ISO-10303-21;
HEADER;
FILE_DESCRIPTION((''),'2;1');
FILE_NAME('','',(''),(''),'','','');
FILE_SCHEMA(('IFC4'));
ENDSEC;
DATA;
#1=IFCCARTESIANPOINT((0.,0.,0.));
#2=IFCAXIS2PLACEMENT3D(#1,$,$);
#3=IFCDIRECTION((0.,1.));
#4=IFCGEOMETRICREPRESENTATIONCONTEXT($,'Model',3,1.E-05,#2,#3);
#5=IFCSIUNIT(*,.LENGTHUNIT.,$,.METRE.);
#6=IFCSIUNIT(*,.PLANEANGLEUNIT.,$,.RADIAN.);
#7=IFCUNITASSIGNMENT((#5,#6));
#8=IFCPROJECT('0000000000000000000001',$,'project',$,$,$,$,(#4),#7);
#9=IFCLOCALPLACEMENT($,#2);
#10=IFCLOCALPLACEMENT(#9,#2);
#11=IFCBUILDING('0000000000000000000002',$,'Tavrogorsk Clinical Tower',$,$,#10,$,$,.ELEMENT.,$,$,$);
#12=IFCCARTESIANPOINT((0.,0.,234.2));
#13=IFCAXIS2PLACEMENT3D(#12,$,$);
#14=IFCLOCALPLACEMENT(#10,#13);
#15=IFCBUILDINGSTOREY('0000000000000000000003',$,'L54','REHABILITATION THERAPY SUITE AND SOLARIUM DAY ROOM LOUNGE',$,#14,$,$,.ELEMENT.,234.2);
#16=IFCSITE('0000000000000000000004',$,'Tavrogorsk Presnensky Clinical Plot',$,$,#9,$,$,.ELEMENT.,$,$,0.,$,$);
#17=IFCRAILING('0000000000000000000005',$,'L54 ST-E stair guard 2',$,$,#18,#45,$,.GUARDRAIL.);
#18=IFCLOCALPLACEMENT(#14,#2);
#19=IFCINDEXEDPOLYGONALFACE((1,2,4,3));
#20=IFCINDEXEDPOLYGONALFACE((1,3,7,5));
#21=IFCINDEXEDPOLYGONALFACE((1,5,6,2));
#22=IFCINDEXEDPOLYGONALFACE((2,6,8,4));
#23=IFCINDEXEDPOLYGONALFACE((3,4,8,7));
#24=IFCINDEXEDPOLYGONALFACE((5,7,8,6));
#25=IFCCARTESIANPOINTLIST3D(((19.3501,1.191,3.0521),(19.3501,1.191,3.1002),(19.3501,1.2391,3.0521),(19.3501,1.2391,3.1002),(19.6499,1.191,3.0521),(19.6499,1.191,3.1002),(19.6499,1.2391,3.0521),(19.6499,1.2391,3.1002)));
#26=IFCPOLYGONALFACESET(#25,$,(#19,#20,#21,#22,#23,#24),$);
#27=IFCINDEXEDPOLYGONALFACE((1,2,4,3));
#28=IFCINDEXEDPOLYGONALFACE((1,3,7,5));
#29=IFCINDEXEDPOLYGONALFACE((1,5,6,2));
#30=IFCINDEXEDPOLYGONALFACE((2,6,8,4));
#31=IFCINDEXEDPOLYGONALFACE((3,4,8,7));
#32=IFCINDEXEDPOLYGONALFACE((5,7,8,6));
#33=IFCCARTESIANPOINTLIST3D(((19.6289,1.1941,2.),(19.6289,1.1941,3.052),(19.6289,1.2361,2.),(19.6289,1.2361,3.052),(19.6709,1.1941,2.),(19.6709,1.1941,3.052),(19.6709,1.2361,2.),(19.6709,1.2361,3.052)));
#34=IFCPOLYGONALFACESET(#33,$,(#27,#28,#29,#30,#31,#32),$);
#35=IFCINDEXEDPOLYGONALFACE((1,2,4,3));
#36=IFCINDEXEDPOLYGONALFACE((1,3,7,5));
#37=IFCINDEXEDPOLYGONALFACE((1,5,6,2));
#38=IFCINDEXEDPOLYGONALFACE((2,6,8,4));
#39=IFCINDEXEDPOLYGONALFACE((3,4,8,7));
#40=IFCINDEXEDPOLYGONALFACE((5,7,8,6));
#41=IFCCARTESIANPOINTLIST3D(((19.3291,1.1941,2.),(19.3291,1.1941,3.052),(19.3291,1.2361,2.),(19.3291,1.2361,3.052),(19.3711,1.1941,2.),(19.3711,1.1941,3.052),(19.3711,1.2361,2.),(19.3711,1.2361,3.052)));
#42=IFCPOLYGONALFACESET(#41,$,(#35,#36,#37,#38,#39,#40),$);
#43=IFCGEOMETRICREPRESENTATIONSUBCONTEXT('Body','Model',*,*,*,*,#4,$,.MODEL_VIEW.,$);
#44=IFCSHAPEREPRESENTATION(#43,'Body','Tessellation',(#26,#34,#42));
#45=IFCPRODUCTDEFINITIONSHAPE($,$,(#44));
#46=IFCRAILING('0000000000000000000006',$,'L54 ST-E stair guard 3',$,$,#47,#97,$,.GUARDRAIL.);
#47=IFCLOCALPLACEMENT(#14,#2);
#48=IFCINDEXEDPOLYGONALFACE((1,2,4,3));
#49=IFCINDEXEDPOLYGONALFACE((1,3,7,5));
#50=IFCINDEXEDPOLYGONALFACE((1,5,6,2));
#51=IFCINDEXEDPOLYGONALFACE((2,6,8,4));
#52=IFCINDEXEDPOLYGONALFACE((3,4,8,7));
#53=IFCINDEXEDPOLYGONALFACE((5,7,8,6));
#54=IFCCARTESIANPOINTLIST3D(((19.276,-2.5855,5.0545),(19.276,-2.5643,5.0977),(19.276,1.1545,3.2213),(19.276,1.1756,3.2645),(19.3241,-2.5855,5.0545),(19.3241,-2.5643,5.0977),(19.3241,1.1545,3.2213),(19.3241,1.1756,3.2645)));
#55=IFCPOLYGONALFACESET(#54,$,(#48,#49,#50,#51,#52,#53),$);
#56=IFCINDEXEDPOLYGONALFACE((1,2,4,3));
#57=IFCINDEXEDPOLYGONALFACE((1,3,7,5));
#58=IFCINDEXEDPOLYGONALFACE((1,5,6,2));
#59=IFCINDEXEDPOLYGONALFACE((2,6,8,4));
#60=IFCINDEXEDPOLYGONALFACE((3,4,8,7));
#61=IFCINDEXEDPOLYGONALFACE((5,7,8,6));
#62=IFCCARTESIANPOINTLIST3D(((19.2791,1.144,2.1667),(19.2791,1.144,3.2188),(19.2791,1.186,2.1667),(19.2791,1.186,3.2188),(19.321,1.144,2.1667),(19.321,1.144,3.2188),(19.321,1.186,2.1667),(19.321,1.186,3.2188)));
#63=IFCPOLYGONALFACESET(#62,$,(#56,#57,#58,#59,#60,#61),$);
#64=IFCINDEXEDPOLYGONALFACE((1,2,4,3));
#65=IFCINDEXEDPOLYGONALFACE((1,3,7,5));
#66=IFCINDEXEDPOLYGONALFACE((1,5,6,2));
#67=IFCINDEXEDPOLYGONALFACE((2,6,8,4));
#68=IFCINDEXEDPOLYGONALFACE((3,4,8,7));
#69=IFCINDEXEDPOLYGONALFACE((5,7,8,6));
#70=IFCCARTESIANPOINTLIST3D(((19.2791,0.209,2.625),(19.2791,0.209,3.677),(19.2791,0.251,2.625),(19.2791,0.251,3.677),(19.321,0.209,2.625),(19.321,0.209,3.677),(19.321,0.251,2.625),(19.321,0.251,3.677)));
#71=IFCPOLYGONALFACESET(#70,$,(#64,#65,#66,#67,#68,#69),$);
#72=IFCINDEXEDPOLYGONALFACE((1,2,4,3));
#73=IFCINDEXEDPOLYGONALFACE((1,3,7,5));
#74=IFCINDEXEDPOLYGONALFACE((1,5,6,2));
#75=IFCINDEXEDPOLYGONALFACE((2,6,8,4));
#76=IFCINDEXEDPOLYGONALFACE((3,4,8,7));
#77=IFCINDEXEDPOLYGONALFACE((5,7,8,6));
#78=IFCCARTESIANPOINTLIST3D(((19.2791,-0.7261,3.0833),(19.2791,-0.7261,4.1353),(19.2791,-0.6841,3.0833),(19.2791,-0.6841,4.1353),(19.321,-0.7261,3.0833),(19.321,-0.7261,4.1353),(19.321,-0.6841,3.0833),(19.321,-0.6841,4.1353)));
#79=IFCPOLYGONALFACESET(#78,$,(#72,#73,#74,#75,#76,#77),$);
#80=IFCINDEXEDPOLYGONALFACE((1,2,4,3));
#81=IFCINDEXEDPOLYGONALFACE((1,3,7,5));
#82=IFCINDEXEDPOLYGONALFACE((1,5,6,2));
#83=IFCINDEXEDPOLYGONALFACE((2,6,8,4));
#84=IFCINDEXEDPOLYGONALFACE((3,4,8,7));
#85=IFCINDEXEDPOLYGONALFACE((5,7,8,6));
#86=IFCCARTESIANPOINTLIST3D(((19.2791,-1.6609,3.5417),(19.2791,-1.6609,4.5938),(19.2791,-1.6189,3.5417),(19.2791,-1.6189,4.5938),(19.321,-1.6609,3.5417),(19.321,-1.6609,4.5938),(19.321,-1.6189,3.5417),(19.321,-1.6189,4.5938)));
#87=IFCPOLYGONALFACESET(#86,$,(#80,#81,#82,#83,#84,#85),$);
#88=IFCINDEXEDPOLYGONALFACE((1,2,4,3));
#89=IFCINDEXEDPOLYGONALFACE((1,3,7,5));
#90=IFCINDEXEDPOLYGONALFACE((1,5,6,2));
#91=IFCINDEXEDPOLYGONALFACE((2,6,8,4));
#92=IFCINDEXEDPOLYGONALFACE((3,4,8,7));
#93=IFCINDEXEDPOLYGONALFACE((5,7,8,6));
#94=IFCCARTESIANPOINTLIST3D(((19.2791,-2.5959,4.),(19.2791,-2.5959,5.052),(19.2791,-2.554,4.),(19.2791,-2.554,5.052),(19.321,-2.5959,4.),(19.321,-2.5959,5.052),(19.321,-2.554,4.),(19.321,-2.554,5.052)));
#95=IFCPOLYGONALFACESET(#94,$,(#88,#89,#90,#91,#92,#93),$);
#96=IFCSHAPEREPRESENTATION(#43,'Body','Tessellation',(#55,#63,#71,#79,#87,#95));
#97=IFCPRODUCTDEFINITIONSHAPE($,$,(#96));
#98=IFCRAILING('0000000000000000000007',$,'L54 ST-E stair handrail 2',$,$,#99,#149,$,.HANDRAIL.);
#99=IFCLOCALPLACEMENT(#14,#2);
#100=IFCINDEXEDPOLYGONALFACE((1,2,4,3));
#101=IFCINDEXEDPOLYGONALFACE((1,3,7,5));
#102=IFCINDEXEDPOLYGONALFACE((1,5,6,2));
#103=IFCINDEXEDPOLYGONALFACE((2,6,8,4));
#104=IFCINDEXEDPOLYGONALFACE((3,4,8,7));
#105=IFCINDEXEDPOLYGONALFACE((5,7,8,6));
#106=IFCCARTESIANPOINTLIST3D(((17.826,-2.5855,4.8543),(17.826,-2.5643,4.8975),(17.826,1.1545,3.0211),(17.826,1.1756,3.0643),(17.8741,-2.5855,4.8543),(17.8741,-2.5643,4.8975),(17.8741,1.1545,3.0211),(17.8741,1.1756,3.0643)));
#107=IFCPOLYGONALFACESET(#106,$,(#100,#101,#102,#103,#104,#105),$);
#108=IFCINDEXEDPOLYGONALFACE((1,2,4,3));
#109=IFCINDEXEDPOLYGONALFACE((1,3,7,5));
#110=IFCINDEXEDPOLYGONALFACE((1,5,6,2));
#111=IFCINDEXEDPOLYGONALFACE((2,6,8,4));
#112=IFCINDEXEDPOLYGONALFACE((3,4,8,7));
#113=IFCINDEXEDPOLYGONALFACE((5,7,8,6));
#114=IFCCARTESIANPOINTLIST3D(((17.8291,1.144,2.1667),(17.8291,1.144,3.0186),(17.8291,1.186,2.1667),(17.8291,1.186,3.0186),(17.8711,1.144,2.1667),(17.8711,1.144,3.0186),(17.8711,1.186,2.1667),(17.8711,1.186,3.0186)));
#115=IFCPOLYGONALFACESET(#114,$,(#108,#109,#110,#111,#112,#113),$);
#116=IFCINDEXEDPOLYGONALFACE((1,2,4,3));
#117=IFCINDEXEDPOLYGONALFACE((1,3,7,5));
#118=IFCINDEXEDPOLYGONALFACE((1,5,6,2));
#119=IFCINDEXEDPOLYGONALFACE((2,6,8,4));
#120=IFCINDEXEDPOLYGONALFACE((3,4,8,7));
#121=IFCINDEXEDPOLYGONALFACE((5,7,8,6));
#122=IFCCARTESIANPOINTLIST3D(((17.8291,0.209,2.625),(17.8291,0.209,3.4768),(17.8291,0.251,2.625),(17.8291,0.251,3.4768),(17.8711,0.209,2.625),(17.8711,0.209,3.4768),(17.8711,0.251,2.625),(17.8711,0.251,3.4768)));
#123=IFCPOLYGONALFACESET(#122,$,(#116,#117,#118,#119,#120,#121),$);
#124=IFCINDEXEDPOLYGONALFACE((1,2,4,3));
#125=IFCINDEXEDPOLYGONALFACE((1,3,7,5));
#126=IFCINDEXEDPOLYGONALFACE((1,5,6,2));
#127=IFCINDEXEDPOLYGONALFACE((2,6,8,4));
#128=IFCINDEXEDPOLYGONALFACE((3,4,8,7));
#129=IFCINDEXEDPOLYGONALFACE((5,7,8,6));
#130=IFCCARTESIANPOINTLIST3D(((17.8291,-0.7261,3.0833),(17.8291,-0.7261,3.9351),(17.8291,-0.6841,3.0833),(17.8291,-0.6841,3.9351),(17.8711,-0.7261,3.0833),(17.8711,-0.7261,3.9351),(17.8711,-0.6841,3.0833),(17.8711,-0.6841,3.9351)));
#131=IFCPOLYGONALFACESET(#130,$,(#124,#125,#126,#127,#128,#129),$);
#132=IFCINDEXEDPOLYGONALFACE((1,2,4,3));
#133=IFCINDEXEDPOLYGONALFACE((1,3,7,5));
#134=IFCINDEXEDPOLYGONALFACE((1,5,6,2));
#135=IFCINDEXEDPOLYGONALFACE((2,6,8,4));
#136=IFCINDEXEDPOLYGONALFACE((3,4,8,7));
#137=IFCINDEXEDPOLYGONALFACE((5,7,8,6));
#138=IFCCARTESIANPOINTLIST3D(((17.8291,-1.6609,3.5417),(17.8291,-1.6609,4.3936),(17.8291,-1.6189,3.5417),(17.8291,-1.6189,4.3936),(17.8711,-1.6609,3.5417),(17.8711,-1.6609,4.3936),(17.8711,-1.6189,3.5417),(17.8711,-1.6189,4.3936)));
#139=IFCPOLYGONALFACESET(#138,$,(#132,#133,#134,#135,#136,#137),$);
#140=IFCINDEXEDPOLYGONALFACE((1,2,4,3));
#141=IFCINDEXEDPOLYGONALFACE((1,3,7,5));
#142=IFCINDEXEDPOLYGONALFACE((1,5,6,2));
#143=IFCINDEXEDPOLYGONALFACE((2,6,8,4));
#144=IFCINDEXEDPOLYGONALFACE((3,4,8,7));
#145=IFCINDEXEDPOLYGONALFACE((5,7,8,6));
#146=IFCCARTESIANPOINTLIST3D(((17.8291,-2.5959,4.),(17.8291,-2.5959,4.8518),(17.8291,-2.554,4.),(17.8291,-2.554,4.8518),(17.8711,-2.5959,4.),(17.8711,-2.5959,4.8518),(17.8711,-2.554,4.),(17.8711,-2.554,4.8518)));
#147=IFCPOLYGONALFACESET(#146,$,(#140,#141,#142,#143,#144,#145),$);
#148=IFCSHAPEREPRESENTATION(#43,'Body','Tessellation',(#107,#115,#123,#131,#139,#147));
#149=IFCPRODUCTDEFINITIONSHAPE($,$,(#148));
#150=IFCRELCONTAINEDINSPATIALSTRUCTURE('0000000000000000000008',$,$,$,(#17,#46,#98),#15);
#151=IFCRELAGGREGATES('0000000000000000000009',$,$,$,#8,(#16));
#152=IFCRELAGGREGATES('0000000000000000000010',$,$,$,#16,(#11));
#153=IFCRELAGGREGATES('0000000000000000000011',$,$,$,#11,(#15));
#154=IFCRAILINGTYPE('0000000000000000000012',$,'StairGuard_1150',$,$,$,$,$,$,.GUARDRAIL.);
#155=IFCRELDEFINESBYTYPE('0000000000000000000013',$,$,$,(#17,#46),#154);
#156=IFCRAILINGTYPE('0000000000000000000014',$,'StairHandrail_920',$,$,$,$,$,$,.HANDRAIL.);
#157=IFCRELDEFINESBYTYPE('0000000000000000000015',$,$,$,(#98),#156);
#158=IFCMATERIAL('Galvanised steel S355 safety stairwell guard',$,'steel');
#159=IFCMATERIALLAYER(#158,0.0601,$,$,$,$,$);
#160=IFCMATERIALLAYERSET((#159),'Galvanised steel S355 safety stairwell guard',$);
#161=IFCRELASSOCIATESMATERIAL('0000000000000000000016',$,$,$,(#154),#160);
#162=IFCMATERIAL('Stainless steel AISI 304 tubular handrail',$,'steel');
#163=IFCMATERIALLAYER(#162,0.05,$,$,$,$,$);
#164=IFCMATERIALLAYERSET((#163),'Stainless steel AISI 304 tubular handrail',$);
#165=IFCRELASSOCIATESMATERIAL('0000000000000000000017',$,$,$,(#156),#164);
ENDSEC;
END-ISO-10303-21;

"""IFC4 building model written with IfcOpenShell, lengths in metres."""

from ifc_helpers import new_model, si_unit, direction, frame, origin, origin_2d, place, context, subcontext, project, spatial, rectangle, extrude, material, layer, layer_set, type_object, element, save


model = new_model("IFC4")

# Units and contexts
model_context = context("Model", 3, precision=1e-05, world=origin(), true_north=direction((0.0, 1.0)))
body_context = subcontext(model_context, "Body", "Model", "MODEL_VIEW")
ifc_project = project(units=[si_unit("LENGTHUNIT", "METRE"), si_unit("PLANEANGLEUNIT", "RADIAN")], contexts=[model_context])

# Site, building, storey
site_placement = place(None, origin())
site = spatial("IfcSite", under=ifc_project, at=site_placement, Name="Tavrogorsk Presnensky Clinical Plot", CompositionType="ELEMENT", RefElevation=0.0)
building_placement = place(site_placement, origin())
building = spatial("IfcBuilding", under=site, at=building_placement, Name="Tavrogorsk Clinical Tower", CompositionType="ELEMENT")
storey_placement = place(building_placement, frame((0.0, 0.0, 234.2)))
storey = spatial("IfcBuildingStorey", under=building, at=storey_placement, Name="L54", Description="REHABILITATION THERAPY SUITE AND SOLARIUM DAY ROOM LOUNGE", CompositionType="ELEMENT", Elevation=234.2)

# Railings
ifc_material_1 = material(Name="Galvanised steel S355 safety stairwell guard", Category="steel")
ifc_layer_1 = layer(ifc_material_1, 0.0601)
ifc_layer_set_1 = layer_set([ifc_layer_1], Name="Galvanised steel S355 safety stairwell guard")
railing_type_1 = type_object("IfcRailingType", Name="StairGuard_1150", PredefinedType="GUARDRAIL", material=ifc_layer_set_1)
railing_1_placement = place(storey_placement, frame((19.6499, 1.2151, 2.0)))
element("IfcRailing", 1, at=railing_1_placement, inside=storey, type_object=railing_type_1, Name="L54 ST-E stair guard 2", PredefinedType="GUARDRAIL", context=body_context, shape_type="SweptSolid", body=[
    extrude(rectangle(XDim=0.0481, YDim=0.0481, at=origin_2d()), frame((0.0, 0.0, 1.0762), z_axis=(-1.0, 0.0, 0.0), x_axis=(0.0, -1.0, 0.0)), (0.0, 0.0, 1.0), 0.2998),
    extrude(rectangle(XDim=0.042, YDim=0.042, at=origin_2d()), origin(), (0.0, 0.0, 1.0), 1.052),
    extrude(rectangle(XDim=0.042, YDim=0.042, at=origin_2d()), frame((-0.2998, 0.0, 0.0)), (0.0, 0.0, 1.0), 1.052),
])
railing_2_placement = place(storey_placement, frame((19.3, 1.165, 2.1667)))
element("IfcRailing", 2, at=railing_2_placement, inside=storey, type_object=railing_type_1, Name="L54 ST-E stair guard 3", PredefinedType="GUARDRAIL", context=body_context, shape_type="SweptSolid", body=[
    extrude(rectangle(XDim=0.0481, YDim=0.0481, at=origin_2d()), frame((0.0, 0.0, 1.0762), z_axis=(0.0, -0.897928, 0.440142), x_axis=(1.0, 0.0, 0.0)), (0.0, 0.0, 1.0), 4.165),
    extrude(rectangle(XDim=0.042, YDim=0.042, at=origin_2d()), origin(), (0.0, 0.0, 1.0), 1.052),
    extrude(rectangle(XDim=0.042, YDim=0.042, at=origin_2d()), frame((0.0, -0.9351, 0.4583)), (0.0, 0.0, 1.0), 1.052),
    extrude(rectangle(XDim=0.042, YDim=0.042, at=origin_2d()), frame((0.0, -1.8701, 0.9165)), (0.0, 0.0, 1.0), 1.052),
    extrude(rectangle(XDim=0.042, YDim=0.042, at=origin_2d()), frame((0.0, -2.8049, 1.375)), (0.0, 0.0, 1.0), 1.052),
    extrude(rectangle(XDim=0.042, YDim=0.042, at=origin_2d()), frame((0.0, -3.74, 1.8333)), (0.0, 0.0, 1.0), 1.052),
])
ifc_material_2 = material(Name="Stainless steel AISI 304 tubular handrail", Category="steel")
ifc_layer_2 = layer(ifc_material_2, 0.05)
ifc_layer_set_2 = layer_set([ifc_layer_2], Name="Stainless steel AISI 304 tubular handrail")
railing_type_2 = type_object("IfcRailingType", Name="StairHandrail_920", PredefinedType="HANDRAIL", material=ifc_layer_set_2)
railing_3_placement = place(storey_placement, frame((17.8501, 1.165, 2.1667)))
element("IfcRailing", 3, at=railing_3_placement, inside=storey, type_object=railing_type_2, Name="L54 ST-E stair handrail 2", PredefinedType="HANDRAIL", context=body_context, shape_type="SweptSolid", body=[
    extrude(rectangle(XDim=0.0481, YDim=0.0481, at=origin_2d()), frame((0.0, 0.0, 0.876), z_axis=(0.0, -0.897928, 0.440142), x_axis=(1.0, 0.0, 0.0)), (0.0, 0.0, 1.0), 4.165),
    extrude(rectangle(XDim=0.042, YDim=0.042, at=origin_2d()), origin(), (0.0, 0.0, 1.0), 0.8518),
    extrude(rectangle(XDim=0.042, YDim=0.042, at=origin_2d()), frame((0.0, -0.9351, 0.4583)), (0.0, 0.0, 1.0), 0.8518),
    extrude(rectangle(XDim=0.042, YDim=0.042, at=origin_2d()), frame((0.0, -1.8701, 0.9165)), (0.0, 0.0, 1.0), 0.8518),
    extrude(rectangle(XDim=0.042, YDim=0.042, at=origin_2d()), frame((0.0, -2.8049, 1.375)), (0.0, 0.0, 1.0), 0.8518),
    extrude(rectangle(XDim=0.042, YDim=0.042, at=origin_2d()), frame((0.0, -3.74, 1.8333)), (0.0, 0.0, 1.0), 0.8518),
])

save(model, "model.ifc")
